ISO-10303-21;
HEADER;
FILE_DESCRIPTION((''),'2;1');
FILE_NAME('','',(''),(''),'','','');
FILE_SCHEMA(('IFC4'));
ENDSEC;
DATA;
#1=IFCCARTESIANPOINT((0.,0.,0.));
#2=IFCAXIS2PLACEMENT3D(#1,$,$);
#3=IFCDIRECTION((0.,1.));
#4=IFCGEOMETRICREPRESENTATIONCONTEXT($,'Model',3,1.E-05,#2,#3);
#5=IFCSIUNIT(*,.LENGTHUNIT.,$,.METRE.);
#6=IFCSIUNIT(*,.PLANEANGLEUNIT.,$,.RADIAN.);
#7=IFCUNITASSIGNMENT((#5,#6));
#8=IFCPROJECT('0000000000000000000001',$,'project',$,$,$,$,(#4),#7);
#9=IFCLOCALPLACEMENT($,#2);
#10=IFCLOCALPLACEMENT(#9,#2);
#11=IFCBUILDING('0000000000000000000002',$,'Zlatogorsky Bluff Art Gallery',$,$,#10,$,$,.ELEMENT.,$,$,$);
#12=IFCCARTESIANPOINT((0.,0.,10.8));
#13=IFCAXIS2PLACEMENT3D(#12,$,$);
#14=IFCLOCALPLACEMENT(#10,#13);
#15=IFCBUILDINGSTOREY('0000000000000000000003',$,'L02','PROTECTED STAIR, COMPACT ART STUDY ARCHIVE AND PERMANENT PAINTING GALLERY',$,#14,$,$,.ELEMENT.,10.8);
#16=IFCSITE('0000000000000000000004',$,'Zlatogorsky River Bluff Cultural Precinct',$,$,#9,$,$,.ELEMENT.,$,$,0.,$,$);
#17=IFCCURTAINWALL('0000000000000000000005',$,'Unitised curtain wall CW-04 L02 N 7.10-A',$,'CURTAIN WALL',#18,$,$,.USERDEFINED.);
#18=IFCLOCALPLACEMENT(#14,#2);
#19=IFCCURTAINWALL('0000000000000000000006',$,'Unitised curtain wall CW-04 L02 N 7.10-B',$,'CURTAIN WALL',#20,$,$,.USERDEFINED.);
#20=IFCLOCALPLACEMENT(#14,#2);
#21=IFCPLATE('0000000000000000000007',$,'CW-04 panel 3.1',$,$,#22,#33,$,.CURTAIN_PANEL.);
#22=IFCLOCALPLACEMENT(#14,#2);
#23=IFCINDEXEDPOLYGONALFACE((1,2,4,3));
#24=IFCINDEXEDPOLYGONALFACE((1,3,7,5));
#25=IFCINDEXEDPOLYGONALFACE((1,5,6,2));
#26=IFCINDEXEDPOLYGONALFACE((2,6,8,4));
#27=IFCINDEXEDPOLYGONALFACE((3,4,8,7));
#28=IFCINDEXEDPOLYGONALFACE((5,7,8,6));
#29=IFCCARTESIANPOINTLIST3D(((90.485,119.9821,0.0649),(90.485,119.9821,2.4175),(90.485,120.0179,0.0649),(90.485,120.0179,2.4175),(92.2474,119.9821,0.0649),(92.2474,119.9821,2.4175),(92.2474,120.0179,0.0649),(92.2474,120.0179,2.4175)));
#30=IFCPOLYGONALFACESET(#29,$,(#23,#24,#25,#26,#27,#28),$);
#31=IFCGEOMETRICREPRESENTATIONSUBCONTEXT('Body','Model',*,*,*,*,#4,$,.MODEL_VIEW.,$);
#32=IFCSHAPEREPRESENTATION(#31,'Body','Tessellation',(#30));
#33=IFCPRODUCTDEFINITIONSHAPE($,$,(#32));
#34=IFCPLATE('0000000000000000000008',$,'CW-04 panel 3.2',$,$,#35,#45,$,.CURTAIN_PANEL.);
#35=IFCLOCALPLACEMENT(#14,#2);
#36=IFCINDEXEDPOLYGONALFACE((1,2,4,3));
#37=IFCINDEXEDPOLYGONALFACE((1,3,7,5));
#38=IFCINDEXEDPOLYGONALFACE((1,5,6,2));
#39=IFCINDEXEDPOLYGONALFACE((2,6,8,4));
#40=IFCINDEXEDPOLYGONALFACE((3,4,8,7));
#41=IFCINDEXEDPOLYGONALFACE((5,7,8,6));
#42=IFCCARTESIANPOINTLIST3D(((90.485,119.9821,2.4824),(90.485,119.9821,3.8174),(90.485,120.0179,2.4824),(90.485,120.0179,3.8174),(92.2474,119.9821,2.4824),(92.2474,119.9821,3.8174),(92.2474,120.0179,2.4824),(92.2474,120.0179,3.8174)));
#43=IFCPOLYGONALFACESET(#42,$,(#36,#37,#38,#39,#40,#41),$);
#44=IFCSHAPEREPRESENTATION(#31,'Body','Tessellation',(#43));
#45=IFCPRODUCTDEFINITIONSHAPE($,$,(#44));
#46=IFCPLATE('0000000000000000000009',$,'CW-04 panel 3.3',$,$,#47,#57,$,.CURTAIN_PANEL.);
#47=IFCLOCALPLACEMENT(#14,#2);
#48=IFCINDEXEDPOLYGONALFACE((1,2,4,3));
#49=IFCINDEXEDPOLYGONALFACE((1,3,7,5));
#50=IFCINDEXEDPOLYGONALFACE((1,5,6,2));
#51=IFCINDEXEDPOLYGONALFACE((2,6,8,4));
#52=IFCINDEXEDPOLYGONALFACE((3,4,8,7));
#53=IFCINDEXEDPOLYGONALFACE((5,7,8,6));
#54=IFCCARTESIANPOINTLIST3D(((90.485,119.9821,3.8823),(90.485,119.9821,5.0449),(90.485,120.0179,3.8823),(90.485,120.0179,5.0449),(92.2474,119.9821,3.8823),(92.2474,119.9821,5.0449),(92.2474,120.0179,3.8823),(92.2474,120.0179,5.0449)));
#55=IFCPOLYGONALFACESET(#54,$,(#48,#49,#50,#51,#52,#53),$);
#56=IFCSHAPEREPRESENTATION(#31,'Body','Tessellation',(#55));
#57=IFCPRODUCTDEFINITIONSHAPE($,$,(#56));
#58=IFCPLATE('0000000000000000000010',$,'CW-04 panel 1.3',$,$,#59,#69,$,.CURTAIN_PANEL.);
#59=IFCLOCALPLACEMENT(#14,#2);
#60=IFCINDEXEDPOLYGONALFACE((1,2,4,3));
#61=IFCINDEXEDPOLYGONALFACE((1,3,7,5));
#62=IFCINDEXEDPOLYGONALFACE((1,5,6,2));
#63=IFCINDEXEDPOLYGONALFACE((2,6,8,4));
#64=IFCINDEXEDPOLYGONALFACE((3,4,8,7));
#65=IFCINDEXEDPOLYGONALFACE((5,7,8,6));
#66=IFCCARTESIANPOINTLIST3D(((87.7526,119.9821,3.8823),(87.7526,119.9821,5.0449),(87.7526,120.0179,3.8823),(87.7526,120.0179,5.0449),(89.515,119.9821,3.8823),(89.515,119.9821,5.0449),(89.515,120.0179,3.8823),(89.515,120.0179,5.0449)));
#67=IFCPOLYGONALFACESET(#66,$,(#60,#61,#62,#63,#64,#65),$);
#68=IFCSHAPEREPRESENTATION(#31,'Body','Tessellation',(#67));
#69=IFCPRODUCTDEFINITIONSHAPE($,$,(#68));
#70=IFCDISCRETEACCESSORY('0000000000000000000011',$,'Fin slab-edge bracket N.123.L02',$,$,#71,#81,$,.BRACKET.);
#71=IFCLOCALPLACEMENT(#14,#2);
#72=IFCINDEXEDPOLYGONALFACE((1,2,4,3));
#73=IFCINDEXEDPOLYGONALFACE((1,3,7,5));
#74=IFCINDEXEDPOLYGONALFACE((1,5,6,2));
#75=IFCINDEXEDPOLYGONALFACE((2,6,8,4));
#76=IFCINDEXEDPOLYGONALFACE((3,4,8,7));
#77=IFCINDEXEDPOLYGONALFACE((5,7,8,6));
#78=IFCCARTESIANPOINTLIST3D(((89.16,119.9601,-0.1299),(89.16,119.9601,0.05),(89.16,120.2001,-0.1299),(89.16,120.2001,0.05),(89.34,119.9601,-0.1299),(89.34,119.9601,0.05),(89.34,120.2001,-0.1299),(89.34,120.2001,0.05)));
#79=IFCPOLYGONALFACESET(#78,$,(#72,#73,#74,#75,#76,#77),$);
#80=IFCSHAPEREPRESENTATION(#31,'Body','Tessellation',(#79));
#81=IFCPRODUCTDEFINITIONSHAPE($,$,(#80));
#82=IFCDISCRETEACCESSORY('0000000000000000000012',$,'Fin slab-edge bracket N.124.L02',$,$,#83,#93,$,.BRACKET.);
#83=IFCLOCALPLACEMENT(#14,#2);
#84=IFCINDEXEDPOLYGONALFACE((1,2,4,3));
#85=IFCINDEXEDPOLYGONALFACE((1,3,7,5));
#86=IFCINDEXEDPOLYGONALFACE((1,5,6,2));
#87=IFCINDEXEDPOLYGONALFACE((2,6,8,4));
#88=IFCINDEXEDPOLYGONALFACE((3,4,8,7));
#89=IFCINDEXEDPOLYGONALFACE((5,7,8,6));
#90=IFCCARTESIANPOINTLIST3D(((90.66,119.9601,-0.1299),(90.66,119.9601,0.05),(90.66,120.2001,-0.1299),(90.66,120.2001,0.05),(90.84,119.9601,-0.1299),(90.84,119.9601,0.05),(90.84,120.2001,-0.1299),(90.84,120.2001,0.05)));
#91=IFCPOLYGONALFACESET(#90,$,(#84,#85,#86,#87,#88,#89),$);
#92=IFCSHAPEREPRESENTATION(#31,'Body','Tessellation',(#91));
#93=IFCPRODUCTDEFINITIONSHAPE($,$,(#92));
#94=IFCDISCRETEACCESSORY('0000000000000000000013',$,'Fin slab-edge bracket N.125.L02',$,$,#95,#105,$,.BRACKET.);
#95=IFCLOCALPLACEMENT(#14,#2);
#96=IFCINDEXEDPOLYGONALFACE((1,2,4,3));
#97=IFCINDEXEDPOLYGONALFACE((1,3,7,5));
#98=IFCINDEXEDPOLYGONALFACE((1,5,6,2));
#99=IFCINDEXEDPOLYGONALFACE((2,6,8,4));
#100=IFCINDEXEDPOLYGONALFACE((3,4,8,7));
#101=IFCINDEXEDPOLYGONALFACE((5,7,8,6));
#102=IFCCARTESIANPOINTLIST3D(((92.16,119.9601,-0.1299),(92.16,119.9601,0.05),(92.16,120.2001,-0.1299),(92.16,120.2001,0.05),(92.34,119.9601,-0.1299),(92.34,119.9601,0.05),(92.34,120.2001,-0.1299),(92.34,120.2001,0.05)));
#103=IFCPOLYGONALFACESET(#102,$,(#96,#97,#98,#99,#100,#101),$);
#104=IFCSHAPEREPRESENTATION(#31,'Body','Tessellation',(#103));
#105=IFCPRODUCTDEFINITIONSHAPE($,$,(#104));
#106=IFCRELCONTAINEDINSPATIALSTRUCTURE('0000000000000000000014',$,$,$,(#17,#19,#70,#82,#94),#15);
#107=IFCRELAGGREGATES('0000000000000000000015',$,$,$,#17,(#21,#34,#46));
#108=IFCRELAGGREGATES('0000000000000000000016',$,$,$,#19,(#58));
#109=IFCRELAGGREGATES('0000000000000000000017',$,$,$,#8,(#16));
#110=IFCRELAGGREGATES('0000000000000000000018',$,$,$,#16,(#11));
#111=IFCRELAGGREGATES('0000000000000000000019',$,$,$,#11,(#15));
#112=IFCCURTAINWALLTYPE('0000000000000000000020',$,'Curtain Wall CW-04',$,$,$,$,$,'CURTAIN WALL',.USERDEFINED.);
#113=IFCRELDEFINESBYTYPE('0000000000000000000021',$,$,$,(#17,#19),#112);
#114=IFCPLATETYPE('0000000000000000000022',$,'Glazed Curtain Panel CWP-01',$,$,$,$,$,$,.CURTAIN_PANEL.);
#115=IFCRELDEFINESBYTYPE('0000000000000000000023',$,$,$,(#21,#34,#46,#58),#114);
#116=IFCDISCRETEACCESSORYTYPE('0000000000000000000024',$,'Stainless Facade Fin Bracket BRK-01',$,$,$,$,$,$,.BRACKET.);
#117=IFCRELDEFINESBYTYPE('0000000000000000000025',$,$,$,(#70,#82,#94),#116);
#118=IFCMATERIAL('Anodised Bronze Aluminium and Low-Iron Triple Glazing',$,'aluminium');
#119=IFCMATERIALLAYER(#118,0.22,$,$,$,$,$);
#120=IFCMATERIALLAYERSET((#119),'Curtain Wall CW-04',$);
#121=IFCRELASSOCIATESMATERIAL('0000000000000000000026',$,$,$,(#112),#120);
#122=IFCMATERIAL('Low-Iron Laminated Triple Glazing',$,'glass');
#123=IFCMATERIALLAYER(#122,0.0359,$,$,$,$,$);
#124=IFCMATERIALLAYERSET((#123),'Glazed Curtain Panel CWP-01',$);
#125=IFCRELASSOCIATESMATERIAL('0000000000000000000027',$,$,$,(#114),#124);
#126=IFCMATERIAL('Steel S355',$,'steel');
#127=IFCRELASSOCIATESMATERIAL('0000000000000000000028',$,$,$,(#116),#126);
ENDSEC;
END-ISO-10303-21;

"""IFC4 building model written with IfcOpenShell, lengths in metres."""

from ifc_helpers import new_model, si_unit, direction, frame, origin, origin_2d, place, context, subcontext, project, spatial, rectangle, extrude, material, layer, layer_set, type_object, element, aggregate, save


model = new_model("IFC4")

# Units and contexts
model_context = context("Model", 3, precision=1e-05, world=origin(), true_north=direction((0.0, 1.0)))
body_context = subcontext(model_context, "Body", "Model", "MODEL_VIEW")
ifc_project = project(units=[si_unit("LENGTHUNIT", "METRE"), si_unit("PLANEANGLEUNIT", "RADIAN")], contexts=[model_context])

# Site, building, storey
site_placement = place(None, origin())
site = spatial("IfcSite", under=ifc_project, at=site_placement, Name="Zlatogorsky River Bluff Cultural Precinct", CompositionType="ELEMENT", RefElevation=0.0)
building_placement = place(site_placement, origin())
building = spatial("IfcBuilding", under=site, at=building_placement, Name="Zlatogorsky Bluff Art Gallery", CompositionType="ELEMENT")
storey_placement = place(building_placement, frame((0.0, 0.0, 10.8)))
storey = spatial("IfcBuildingStorey", under=building, at=storey_placement, Name="L02", Description="PROTECTED STAIR, COMPACT ART STUDY ARCHIVE AND PERMANENT PAINTING GALLERY", CompositionType="ELEMENT", Elevation=10.8)

# Curtain wall
ifc_material_1 = material(Name="Anodised Bronze Aluminium and Low-Iron Triple Glazing", Category="aluminium")
ifc_layer_1 = layer(ifc_material_1, 0.22)
ifc_layer_set_1 = layer_set([ifc_layer_1], Name="Curtain Wall CW-04")
curtain_wall_type = type_object("IfcCurtainWallType", Name="Curtain Wall CW-04", ElementType="CURTAIN WALL", PredefinedType="USERDEFINED", material=ifc_layer_set_1)
curtain_wall_1_placement = place(storey_placement, origin())
curtain_wall_1 = element("IfcCurtainWall", 1, at=curtain_wall_1_placement, inside=storey, type_object=curtain_wall_type, Name="Unitised curtain wall CW-04 L02 N 7.10-A", ObjectType="CURTAIN WALL", PredefinedType="USERDEFINED")

# Curtain wall
curtain_wall_2_placement = place(storey_placement, origin())
curtain_wall_2 = element("IfcCurtainWall", 2, at=curtain_wall_2_placement, inside=storey, type_object=curtain_wall_type, Name="Unitised curtain wall CW-04 L02 N 7.10-B", ObjectType="CURTAIN WALL", PredefinedType="USERDEFINED")

# Plates
ifc_material_2 = material(Name="Low-Iron Laminated Triple Glazing", Category="glass")
ifc_layer_2 = layer(ifc_material_2, 0.0359)
ifc_layer_set_2 = layer_set([ifc_layer_2], Name="Glazed Curtain Panel CWP-01")
plate_type = type_object("IfcPlateType", Name="Glazed Curtain Panel CWP-01", PredefinedType="CURTAIN_PANEL", material=ifc_layer_set_2)
plate_1_placement = place(storey_placement, frame((91.3662, 120.0, 0.0649), z_axis=(0.0, 0.0, 1.0), x_axis=(-1.0, 0.0, 0.0)))
plate_1 = element("IfcPlate", 3, at=plate_1_placement, type_object=plate_type, Name="CW-04 panel 3.1", PredefinedType="CURTAIN_PANEL", context=body_context, shape_type="SweptSolid", body=[
    extrude(rectangle(XDim=1.7625, YDim=0.0359, at=origin_2d()), origin(), (0.0, 0.0, 1.0), 2.3525),
])
plate_2_placement = place(storey_placement, frame((91.3662, 120.0, 2.4824), z_axis=(0.0, 0.0, 1.0), x_axis=(-1.0, 0.0, 0.0)))
plate_2 = element("IfcPlate", 4, at=plate_2_placement, type_object=plate_type, Name="CW-04 panel 3.2", PredefinedType="CURTAIN_PANEL", context=body_context, shape_type="SweptSolid", body=[
    extrude(rectangle(XDim=1.7625, YDim=0.0359, at=origin_2d()), origin(), (0.0, 0.0, 1.0), 1.335),
])
plate_3_placement = place(storey_placement, frame((91.3662, 120.0, 3.8823), z_axis=(0.0, 0.0, 1.0), x_axis=(-1.0, 0.0, 0.0)))
plate_3 = element("IfcPlate", 5, at=plate_3_placement, type_object=plate_type, Name="CW-04 panel 3.3", PredefinedType="CURTAIN_PANEL", context=body_context, shape_type="SweptSolid", body=[
    extrude(rectangle(XDim=1.7625, YDim=0.0359, at=origin_2d()), origin(), (0.0, 0.0, 1.0), 1.1626),
])
aggregate(curtain_wall_1, [plate_1, plate_2, plate_3])
plate_4_placement = place(storey_placement, frame((88.6338, 120.0, 3.8823), z_axis=(0.0, 0.0, 1.0), x_axis=(-1.0, 0.0, 0.0)))
plate_4 = element("IfcPlate", 6, at=plate_4_placement, type_object=plate_type, Name="CW-04 panel 1.3", PredefinedType="CURTAIN_PANEL", context=body_context, shape_type="SweptSolid", body=[
    extrude(rectangle(XDim=1.7625, YDim=0.0359, at=origin_2d()), origin(), (0.0, 0.0, 1.0), 1.1626),
])
aggregate(curtain_wall_2, [plate_4])

# Discrete accessories
ifc_material_3 = material(Name="Steel S355", Category="steel")
discrete_accessory_type = type_object("IfcDiscreteAccessoryType", Name="Stainless Facade Fin Bracket BRK-01", PredefinedType="BRACKET", material=ifc_material_3)
for number, where, z_axis, x_axis, name in (
    (7, (89.25, 120.0801, -0.1299), (0.0, 0.0, 1.0), (1.0, 0.0, 0.0), "Fin slab-edge bracket N.123.L02"),
    (8, (90.75, 120.0801, -0.1299), (0.0, 0.0, 1.0), (1.0, 0.0, 0.0), "Fin slab-edge bracket N.124.L02"),
    (9, (92.25, 120.0801, -0.1299), (0.0, 0.0, 1.0), (1.0, 0.0, 0.0), "Fin slab-edge bracket N.125.L02"),
):
    element("IfcDiscreteAccessory", number, at=place(storey_placement, frame(where, z_axis=z_axis, x_axis=x_axis)), inside=storey, type_object=discrete_accessory_type, Name=name, PredefinedType="BRACKET", context=body_context, shape_type="SweptSolid", body=[
        extrude(rectangle(XDim=0.1799, YDim=0.24, at=origin_2d()), origin(), (0.0, 0.0, 1.0), 0.1799),
    ])

save(model, "model.ifc")
